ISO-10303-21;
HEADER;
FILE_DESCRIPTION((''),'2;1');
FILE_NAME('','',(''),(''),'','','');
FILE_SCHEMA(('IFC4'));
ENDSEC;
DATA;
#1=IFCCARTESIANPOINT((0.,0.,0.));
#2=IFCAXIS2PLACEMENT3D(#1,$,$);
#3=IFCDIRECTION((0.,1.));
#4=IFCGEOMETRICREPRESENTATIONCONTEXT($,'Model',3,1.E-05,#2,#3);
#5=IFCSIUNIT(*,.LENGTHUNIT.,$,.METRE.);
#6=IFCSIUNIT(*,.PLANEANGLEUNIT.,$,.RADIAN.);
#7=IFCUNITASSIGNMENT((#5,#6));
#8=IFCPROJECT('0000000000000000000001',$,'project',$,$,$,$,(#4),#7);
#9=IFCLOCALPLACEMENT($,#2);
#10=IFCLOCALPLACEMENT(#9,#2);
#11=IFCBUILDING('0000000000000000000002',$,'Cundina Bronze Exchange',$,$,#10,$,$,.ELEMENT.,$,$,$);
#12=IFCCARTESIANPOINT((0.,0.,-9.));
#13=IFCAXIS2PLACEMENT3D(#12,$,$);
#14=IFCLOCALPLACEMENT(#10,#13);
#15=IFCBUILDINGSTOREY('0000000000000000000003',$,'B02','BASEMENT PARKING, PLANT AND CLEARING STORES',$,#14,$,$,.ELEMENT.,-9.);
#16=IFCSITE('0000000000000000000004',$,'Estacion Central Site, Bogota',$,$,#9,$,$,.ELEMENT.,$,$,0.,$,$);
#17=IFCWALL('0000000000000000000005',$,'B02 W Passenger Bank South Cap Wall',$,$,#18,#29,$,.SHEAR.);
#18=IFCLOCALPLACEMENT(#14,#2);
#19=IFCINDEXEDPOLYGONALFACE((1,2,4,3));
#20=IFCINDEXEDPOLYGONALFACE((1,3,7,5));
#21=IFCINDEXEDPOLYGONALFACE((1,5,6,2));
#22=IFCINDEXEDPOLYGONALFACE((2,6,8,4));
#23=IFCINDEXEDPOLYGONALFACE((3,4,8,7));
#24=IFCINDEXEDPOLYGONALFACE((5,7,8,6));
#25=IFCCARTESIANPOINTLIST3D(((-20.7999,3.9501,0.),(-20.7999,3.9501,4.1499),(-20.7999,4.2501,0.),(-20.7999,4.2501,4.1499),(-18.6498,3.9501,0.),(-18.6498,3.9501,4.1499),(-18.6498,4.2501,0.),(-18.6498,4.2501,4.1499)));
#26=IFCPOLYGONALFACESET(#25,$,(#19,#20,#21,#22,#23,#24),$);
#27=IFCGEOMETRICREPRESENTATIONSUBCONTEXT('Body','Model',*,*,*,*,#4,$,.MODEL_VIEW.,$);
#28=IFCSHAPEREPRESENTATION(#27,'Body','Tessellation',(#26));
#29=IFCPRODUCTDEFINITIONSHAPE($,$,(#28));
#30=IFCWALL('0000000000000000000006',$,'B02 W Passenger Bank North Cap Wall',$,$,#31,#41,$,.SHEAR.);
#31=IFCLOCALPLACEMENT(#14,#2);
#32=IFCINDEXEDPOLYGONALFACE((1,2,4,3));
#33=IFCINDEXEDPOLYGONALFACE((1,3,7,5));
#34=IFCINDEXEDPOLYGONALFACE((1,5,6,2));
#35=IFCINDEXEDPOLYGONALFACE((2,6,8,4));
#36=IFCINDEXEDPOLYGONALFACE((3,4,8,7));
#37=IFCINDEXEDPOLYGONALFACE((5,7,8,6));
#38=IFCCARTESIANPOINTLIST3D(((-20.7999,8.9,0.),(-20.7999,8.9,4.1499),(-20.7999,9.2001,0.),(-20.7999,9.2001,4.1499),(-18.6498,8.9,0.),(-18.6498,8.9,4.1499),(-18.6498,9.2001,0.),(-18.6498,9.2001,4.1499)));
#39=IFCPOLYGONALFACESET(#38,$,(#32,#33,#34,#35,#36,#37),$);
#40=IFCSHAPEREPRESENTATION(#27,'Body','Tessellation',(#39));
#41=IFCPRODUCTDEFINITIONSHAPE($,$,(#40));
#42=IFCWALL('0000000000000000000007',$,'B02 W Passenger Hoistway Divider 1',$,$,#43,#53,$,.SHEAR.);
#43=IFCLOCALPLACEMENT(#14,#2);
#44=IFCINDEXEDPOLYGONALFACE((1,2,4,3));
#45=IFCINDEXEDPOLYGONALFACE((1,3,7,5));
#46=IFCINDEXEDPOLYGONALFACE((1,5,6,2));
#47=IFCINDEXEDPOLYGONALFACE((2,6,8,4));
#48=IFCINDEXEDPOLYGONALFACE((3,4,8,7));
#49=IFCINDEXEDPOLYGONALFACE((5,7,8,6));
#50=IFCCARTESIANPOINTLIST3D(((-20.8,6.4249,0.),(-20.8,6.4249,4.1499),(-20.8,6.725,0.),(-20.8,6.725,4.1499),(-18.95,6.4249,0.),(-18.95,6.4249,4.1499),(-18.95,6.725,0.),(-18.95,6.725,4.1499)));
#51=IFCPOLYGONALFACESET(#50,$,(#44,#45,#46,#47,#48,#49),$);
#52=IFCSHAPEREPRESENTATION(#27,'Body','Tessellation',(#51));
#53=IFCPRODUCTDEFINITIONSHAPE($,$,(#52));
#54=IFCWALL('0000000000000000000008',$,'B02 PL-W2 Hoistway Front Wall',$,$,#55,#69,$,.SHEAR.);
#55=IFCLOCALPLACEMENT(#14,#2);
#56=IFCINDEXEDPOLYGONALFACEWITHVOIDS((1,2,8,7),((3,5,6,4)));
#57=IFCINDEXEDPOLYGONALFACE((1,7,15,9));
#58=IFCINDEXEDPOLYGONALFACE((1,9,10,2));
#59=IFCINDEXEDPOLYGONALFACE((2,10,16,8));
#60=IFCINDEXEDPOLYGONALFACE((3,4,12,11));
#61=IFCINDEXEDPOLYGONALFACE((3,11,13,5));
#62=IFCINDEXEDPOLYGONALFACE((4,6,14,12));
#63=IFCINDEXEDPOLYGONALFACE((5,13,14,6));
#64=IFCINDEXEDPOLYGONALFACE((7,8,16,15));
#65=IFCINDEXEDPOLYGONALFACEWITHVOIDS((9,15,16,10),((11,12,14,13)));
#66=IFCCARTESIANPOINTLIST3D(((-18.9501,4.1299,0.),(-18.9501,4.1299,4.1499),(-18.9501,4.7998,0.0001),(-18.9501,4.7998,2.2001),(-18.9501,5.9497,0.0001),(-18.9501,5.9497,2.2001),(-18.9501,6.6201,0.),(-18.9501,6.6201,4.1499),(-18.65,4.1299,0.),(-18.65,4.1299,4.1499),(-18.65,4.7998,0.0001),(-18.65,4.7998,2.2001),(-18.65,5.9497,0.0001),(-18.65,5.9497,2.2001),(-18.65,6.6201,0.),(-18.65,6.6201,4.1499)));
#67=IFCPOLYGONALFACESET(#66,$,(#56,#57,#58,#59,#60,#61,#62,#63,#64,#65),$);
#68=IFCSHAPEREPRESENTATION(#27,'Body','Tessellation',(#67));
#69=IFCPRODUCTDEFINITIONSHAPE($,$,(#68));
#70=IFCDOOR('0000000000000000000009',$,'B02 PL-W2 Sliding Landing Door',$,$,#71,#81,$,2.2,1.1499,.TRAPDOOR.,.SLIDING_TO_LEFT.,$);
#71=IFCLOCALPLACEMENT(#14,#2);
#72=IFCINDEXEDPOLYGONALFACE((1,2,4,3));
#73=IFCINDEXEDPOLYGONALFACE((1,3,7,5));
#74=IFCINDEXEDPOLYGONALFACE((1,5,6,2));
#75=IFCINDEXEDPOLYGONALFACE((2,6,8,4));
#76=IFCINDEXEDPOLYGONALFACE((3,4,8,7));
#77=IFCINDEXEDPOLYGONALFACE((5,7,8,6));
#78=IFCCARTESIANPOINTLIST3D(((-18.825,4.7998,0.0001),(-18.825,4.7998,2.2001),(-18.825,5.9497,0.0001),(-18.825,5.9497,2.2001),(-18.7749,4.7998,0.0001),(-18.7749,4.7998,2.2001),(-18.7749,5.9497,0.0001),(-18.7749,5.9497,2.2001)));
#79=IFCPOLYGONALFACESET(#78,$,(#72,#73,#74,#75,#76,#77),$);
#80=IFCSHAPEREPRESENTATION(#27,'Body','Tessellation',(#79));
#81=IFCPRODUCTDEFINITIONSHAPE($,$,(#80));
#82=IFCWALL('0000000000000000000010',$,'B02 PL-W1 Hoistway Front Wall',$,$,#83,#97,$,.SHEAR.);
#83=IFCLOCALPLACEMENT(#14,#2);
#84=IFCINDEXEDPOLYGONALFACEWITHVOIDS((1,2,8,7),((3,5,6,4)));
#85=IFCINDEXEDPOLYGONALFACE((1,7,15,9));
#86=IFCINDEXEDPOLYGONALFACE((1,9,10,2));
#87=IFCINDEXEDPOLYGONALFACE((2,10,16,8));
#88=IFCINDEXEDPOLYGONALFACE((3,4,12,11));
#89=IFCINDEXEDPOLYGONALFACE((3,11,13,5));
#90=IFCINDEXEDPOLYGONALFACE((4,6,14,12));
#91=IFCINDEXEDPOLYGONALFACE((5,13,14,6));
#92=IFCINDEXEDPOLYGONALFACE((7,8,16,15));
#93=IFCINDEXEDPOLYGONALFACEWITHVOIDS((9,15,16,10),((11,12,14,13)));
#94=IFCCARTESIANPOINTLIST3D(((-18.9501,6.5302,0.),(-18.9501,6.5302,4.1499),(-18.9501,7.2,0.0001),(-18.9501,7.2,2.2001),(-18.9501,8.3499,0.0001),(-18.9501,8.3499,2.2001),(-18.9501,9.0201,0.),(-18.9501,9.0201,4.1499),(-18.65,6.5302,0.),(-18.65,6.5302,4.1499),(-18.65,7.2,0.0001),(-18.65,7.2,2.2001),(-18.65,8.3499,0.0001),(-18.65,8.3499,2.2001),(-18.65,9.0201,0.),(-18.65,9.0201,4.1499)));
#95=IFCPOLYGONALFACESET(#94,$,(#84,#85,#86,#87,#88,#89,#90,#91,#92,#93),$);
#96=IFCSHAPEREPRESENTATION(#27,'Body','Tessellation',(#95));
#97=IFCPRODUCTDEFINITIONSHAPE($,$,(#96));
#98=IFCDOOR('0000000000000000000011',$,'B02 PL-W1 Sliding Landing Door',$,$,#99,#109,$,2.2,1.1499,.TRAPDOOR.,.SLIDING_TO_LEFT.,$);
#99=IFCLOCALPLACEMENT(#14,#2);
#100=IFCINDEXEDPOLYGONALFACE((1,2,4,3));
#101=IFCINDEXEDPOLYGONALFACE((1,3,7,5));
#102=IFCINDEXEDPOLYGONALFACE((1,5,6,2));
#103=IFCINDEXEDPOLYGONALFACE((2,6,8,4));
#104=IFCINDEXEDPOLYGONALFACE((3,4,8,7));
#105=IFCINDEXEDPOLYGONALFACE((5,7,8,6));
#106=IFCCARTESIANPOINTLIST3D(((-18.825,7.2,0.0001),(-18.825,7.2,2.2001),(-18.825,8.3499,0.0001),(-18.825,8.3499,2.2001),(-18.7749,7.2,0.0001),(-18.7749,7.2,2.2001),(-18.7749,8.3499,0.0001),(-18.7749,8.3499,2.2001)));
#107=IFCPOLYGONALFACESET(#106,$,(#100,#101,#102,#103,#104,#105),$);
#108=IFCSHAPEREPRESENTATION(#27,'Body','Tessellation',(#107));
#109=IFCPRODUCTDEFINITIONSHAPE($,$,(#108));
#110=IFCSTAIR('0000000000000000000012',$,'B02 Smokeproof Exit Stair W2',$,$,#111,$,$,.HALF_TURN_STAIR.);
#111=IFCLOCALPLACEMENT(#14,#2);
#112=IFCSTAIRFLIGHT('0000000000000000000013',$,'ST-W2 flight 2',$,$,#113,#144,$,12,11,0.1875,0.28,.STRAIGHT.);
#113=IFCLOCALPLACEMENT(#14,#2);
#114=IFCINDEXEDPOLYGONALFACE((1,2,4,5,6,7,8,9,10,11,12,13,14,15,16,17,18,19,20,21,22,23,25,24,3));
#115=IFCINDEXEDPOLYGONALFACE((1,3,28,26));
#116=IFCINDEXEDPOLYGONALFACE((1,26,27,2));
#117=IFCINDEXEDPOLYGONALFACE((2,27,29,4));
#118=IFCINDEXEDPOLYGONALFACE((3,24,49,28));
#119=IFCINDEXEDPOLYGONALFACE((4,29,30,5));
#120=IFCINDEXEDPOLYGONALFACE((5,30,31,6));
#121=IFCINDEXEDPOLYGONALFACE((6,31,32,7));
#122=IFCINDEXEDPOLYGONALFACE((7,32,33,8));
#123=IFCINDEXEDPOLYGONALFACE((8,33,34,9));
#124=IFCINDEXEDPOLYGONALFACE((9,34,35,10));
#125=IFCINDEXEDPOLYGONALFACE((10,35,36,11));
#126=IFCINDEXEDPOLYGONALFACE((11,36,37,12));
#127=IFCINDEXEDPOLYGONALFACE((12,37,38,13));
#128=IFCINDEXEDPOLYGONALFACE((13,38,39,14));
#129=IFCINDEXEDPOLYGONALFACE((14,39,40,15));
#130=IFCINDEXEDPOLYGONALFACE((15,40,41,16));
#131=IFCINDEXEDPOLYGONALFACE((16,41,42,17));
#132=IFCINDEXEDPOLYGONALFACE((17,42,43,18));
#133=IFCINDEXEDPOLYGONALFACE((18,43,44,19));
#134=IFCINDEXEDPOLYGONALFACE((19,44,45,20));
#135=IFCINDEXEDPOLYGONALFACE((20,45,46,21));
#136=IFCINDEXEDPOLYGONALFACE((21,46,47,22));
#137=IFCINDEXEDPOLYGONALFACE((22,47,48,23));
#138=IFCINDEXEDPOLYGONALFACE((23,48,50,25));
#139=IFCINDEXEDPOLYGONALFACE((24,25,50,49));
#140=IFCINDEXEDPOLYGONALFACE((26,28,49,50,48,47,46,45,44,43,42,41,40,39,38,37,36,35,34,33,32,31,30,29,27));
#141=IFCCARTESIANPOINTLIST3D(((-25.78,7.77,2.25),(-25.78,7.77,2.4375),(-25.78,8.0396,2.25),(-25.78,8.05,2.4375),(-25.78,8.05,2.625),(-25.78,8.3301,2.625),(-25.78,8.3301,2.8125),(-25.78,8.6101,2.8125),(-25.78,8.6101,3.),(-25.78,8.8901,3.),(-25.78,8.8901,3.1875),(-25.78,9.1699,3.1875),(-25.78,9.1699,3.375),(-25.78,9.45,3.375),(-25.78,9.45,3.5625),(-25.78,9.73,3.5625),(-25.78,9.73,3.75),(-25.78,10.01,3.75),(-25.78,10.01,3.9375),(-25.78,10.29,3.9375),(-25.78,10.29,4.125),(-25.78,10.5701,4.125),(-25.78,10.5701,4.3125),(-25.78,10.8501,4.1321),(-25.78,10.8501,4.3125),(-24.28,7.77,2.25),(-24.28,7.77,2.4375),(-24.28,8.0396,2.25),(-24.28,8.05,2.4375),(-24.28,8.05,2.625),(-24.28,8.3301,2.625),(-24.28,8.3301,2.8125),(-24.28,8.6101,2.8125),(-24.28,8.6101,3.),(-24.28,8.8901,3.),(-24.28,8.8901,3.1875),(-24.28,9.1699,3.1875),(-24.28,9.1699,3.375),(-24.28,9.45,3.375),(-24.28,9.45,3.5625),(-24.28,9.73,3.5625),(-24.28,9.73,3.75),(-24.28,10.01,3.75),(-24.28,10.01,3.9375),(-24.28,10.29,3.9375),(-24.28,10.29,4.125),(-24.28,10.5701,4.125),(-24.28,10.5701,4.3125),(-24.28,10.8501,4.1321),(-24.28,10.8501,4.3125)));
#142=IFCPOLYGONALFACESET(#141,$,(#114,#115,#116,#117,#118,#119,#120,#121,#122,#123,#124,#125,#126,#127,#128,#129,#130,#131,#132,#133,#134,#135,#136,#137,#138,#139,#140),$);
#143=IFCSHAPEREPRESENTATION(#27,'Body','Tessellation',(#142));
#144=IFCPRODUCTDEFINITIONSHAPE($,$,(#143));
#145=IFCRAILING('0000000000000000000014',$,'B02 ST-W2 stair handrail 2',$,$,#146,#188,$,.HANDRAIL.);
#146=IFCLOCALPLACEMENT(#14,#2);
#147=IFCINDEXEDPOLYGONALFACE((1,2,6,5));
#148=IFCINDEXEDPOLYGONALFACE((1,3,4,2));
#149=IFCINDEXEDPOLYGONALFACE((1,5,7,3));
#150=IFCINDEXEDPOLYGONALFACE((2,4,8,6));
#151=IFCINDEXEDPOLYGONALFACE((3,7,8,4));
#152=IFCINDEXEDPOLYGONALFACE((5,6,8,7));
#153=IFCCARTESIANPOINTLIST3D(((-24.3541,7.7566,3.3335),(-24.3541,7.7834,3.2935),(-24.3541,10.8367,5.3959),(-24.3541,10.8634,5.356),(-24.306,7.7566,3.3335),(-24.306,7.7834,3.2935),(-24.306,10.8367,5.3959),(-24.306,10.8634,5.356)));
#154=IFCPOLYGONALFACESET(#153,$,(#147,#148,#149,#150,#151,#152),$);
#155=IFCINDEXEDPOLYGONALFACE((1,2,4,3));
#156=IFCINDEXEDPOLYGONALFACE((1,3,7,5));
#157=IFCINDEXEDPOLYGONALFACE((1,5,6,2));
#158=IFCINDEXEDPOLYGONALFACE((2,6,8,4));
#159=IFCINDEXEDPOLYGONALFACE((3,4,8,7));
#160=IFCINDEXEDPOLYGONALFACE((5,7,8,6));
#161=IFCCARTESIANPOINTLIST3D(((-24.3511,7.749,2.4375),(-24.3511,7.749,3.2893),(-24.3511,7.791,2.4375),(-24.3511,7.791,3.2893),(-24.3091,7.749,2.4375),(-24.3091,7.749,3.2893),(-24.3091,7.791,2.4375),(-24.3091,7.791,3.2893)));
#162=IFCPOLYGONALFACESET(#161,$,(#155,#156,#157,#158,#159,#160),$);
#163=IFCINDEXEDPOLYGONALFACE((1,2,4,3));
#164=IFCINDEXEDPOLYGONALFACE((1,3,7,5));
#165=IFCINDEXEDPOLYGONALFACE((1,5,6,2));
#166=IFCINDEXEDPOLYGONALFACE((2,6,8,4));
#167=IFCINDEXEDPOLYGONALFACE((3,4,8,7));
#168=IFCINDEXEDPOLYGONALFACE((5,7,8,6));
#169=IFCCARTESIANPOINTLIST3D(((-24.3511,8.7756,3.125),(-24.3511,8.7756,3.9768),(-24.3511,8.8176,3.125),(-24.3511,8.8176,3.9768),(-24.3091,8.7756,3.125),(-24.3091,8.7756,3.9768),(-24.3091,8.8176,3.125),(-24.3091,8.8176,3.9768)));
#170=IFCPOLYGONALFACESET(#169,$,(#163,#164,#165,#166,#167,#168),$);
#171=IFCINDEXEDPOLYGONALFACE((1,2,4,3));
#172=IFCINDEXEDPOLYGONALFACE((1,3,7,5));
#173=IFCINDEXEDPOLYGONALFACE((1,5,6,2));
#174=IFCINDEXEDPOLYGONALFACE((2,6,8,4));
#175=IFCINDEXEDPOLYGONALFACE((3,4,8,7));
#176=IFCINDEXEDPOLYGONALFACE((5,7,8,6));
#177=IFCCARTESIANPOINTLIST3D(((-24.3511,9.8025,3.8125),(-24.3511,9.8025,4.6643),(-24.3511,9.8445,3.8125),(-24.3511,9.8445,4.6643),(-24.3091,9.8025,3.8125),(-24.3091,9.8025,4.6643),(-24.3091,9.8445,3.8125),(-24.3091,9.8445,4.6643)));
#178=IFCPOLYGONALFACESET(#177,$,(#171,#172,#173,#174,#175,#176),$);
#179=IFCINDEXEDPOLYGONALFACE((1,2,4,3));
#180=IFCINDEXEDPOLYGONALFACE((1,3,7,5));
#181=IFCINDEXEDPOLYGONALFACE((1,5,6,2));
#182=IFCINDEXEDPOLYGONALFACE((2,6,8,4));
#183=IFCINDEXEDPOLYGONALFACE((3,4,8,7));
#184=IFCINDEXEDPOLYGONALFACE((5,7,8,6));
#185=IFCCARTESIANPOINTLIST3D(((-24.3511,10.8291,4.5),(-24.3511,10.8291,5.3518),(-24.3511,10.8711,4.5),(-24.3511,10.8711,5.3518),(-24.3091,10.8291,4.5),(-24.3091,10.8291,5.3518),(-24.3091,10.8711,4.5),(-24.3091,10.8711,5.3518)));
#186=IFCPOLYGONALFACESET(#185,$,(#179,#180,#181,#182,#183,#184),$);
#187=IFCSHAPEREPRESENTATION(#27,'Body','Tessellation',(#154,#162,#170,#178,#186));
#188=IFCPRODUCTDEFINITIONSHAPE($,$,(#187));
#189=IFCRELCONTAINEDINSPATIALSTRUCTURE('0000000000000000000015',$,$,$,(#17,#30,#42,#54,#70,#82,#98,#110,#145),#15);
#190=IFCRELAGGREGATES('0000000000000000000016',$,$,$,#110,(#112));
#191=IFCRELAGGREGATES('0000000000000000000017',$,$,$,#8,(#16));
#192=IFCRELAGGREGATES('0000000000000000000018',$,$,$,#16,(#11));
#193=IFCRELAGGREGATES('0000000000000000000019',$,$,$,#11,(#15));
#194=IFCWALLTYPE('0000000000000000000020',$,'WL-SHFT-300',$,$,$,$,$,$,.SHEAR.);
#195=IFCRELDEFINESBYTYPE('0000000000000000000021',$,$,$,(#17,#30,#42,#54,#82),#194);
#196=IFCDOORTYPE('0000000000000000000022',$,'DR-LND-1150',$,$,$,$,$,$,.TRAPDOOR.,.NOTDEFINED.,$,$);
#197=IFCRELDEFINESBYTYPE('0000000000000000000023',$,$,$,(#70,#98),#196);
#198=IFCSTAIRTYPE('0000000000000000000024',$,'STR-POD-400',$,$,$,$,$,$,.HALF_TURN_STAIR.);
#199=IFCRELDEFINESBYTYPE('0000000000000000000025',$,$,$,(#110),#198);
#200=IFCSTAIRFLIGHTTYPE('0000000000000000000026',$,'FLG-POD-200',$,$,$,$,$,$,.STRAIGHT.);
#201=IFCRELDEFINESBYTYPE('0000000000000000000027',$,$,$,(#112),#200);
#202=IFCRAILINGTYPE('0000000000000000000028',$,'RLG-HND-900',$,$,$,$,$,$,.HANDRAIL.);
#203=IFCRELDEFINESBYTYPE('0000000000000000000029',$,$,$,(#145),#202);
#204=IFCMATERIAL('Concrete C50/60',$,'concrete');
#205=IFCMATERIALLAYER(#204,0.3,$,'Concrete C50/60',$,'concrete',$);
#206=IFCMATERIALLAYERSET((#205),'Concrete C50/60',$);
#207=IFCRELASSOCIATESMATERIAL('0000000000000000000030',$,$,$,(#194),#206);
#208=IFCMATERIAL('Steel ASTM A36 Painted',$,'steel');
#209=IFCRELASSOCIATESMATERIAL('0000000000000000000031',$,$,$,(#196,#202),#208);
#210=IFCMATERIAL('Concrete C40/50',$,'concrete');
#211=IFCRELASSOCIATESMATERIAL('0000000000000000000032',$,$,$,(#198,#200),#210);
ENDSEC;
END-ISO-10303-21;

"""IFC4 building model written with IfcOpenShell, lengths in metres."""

from ifc_helpers import new_model, si_unit, direction, frame, frame_2d, origin, origin_2d, place, context, subcontext, project, spatial, polyline, rectangle, outline, extrude, material, layer, layer_set, type_object, element, fill, aggregate, save


model = new_model("IFC4")

# Units and contexts
model_context = context("Model", 3, precision=1e-05, world=origin(), true_north=direction((0.0, 1.0)))
body_context = subcontext(model_context, "Body", "Model", "MODEL_VIEW")
ifc_project = project(units=[si_unit("LENGTHUNIT", "METRE"), si_unit("PLANEANGLEUNIT", "RADIAN")], contexts=[model_context])

# Site, building, storey
site_placement = place(None, origin())
site = spatial("IfcSite", under=ifc_project, at=site_placement, Name="Estacion Central Site, Bogota", CompositionType="ELEMENT", RefElevation=0.0)
building_placement = place(site_placement, origin())
building = spatial("IfcBuilding", under=site, at=building_placement, Name="Cundina Bronze Exchange", CompositionType="ELEMENT")
storey_placement = place(building_placement, frame((0.0, 0.0, -9.0)))
storey = spatial("IfcBuildingStorey", under=building, at=storey_placement, Name="B02", Description="BASEMENT PARKING, PLANT AND CLEARING STORES", CompositionType="ELEMENT", Elevation=-9.0)

# Shared definitions
ifc_material_1 = material(Name="Concrete C40/50", Category="concrete")

# Shared definitions
ifc_material_2 = material(Name="Concrete C50/60", Category="concrete")
ifc_layer_1 = layer(ifc_material_2, 0.3, Name="Concrete C50/60", Category="concrete")
ifc_layer_set_1 = layer_set([ifc_layer_1], Name="Concrete C50/60")
wall_type = type_object("IfcWallType", Name="WL-SHFT-300", PredefinedType="SHEAR", material=ifc_layer_set_1)
ifc_material_3 = material(Name="Steel ASTM A36 Painted", Category="steel")
door_type = type_object("IfcDoorType", Name="DR-LND-1150", OperationType="NOTDEFINED", PredefinedType="TRAPDOOR", material=ifc_material_3)

# Walls
for number, where, z_axis, x_axis, name in (
    (1, (-20.8, 4.1001, 0.0), (0.0, 0.0, 1.0), (1.0, 0.0, 0.0), "B02 W Passenger Bank South Cap Wall"),
    (2, (-20.8, 9.05, 0.0), (0.0, 0.0, 1.0), (1.0, 0.0, 0.0), "B02 W Passenger Bank North Cap Wall"),
):
    element("IfcWall", number, at=place(storey_placement, frame(where, z_axis=z_axis, x_axis=x_axis)), inside=storey, type_object=wall_type, Name=name, PredefinedType="SHEAR", context=body_context, shape_type="SweptSolid", body=[
        extrude(rectangle(XDim=2.1501, YDim=0.3, at=frame_2d((1.0752, 0.0))), origin(), (0.0, 0.0, 1.0), 4.1499),
    ])
wall_1_placement = place(storey_placement, frame((-20.8, 6.575, 0.0), z_axis=(0.0, 0.0, 1.0), x_axis=(1.0, 0.0, 0.0)))
element("IfcWall", 3, at=wall_1_placement, inside=storey, type_object=wall_type, Name="B02 W Passenger Hoistway Divider 1", PredefinedType="SHEAR", context=body_context, shape_type="SweptSolid", body=[
    extrude(rectangle(XDim=1.8501, YDim=0.3, at=frame_2d((0.925, 0.0))), origin(), (0.0, 0.0, 1.0), 4.1499),
])

# Walls, openings, doors
wall_2_placement = place(storey_placement, frame((-18.8, 4.1299, 0.0), z_axis=(0.0, 0.0, 1.0), x_axis=(0.0, 1.0, 0.0)))
wall_2 = element("IfcWall", 4, at=wall_2_placement, inside=storey, type_object=wall_type, Name="B02 PL-W2 Hoistway Front Wall", PredefinedType="SHEAR", context=body_context, shape_type="SweptSolid", body=[
    extrude(rectangle(XDim=2.4902, YDim=0.3, at=frame_2d((1.2451, 0.0))), origin(), (0.0, 0.0, 1.0), 4.1499),
])
opening_1_placement = place(wall_2_placement, frame((0.6699, 0.0, 0.0)))
opening_1 = element("IfcOpeningElement", 5, at=opening_1_placement, cuts=wall_2, PredefinedType="OPENING", context=body_context, shape_type="SweptSolid", body=[
    extrude(rectangle(XDim=1.1499, YDim=2.2, at=frame_2d((0.575, 1.1001))), frame((0.0, 0.1599, 0.0), z_axis=(0.0, -1.0, 0.0), x_axis=(1.0, 0.0, 0.0)), (0.0, 0.0, 1.0), 0.3201),
])
door_1_placement = place(opening_1_placement, origin())
door_1 = element("IfcDoor", 6, at=door_1_placement, inside=storey, type_object=door_type, Name="B02 PL-W2 Sliding Landing Door", OperationType="SLIDING_TO_LEFT", OverallHeight=2.2, OverallWidth=1.1499, PredefinedType="TRAPDOOR", context=body_context, shape_type="SweptSolid", body=[
    extrude(rectangle(XDim=1.1499, YDim=2.2, at=frame_2d((0.575, 1.1001))), frame((0.0, 0.0249, 0.0), z_axis=(0.0, -1.0, 0.0), x_axis=(1.0, 0.0, 0.0)), (0.0, 0.0, 1.0), 0.05),
])
fill(opening_1, door_1)
wall_3_placement = place(storey_placement, frame((-18.8, 6.53, 0.0), z_axis=(0.0, 0.0, 1.0), x_axis=(0.0, 1.0, 0.0)))
wall_3 = element("IfcWall", 7, at=wall_3_placement, inside=storey, type_object=wall_type, Name="B02 PL-W1 Hoistway Front Wall", PredefinedType="SHEAR", context=body_context, shape_type="SweptSolid", body=[
    extrude(rectangle(XDim=2.49, YDim=0.3, at=frame_2d((1.2451, 0.0))), origin(), (0.0, 0.0, 1.0), 4.1499),
])
opening_2_placement = place(wall_3_placement, frame((0.6699, 0.0, 0.0)))
opening_2 = element("IfcOpeningElement", 8, at=opening_2_placement, cuts=wall_3, PredefinedType="OPENING", context=body_context, shape_type="SweptSolid", body=[
    extrude(rectangle(XDim=1.1499, YDim=2.2, at=frame_2d((0.575, 1.1001))), frame((0.0, 0.1599, 0.0), z_axis=(0.0, -1.0, 0.0), x_axis=(1.0, 0.0, 0.0)), (0.0, 0.0, 1.0), 0.3201),
])
door_2_placement = place(opening_2_placement, origin())
door_2 = element("IfcDoor", 9, at=door_2_placement, inside=storey, type_object=door_type, Name="B02 PL-W1 Sliding Landing Door", OperationType="SLIDING_TO_LEFT", OverallHeight=2.2, OverallWidth=1.1499, PredefinedType="TRAPDOOR", context=body_context, shape_type="SweptSolid", body=[
    extrude(rectangle(XDim=1.1499, YDim=2.2, at=frame_2d((0.575, 1.1001))), frame((0.0, 0.0249, 0.0), z_axis=(0.0, -1.0, 0.0), x_axis=(1.0, 0.0, 0.0)), (0.0, 0.0, 1.0), 0.05),
])
fill(opening_2, door_2)

# Stair, stair flight
stair_type = type_object("IfcStairType", Name="STR-POD-400", PredefinedType="HALF_TURN_STAIR", material=ifc_material_1)
stair_placement = place(storey_placement, origin())
stair = element("IfcStair", 10, at=stair_placement, inside=storey, type_object=stair_type, Name="B02 Smokeproof Exit Stair W2", PredefinedType="HALF_TURN_STAIR")
stair_flight_type = type_object("IfcStairFlightType", Name="FLG-POD-200", PredefinedType="STRAIGHT", material=ifc_material_1)
stair_flight_placement = place(storey_placement, frame((-25.03, 7.77, 2.25), z_axis=(0.0, 0.0, 1.0), x_axis=(0.0, 1.0, 0.0)))
stair_flight = element("IfcStairFlight", 11, at=stair_flight_placement, type_object=stair_flight_type, Name="ST-W2 flight 2", NumberOfRisers=12, NumberOfTreads=11, PredefinedType="STRAIGHT", RiserHeight=0.1875, TreadLength=0.28, context=body_context, shape_type="SweptSolid", body=[
    extrude(outline(polyline([(0.0, 0.0), (0.0, 0.1875), (0.28, 0.1875), (0.28, 0.375), (0.5601, 0.375), (0.5601, 0.5625), (0.8401, 0.5625), (0.8401, 0.75), (1.1201, 0.75), (1.1201, 0.9375), (1.3999, 0.9375), (1.3999, 1.125), (1.6799, 1.125), (1.6799, 1.3125), (1.96, 1.3125), (1.96, 1.5), (2.24, 1.5), (2.24, 1.6875), (2.52, 1.6875), (2.52, 1.875), (2.8, 1.875), (2.8, 2.0625), (3.0801, 2.0625), (3.0801, 2.25), (3.0801, 1.8821), (0.2695, 0.0), (0.0, 0.0)])), frame((0.0, 0.75, 0.0), z_axis=(0.0, -1.0, 0.0), x_axis=(1.0, 0.0, 0.0)), (0.0, 0.0, 1.0), 1.5),
])
aggregate(stair, [stair_flight])

# Railing
railing_type_1 = type_object("IfcRailingType", Name="RLG-HND-900", PredefinedType="HANDRAIL", material=ifc_material_3)
railing_1_placement = place(storey_placement, frame((-24.3301, 7.77, 2.4375)))
element("IfcRailing", 12, at=railing_1_placement, inside=storey, type_object=railing_type_1, Name="B02 ST-W2 stair handrail 2", PredefinedType="HANDRAIL", context=body_context, shape_type="SweptSolid", body=[
    extrude(rectangle(XDim=0.0481, YDim=0.0481, at=origin_2d()), frame((0.0, 0.0, 0.876), z_axis=(0.0, 0.830914, 0.556401), x_axis=(-1.0, 0.0, 0.0)), (0.0, 0.0, 1.0), 3.7068),
    extrude(rectangle(XDim=0.042, YDim=0.042, at=origin_2d()), origin(), (0.0, 0.0, 1.0), 0.8518),
    extrude(rectangle(XDim=0.042, YDim=0.042, at=origin_2d()), frame((0.0, 1.0266, 0.6875)), (0.0, 0.0, 1.0), 0.8518),
    extrude(rectangle(XDim=0.042, YDim=0.042, at=origin_2d()), frame((0.0, 2.0535, 1.375)), (0.0, 0.0, 1.0), 0.8518),
    extrude(rectangle(XDim=0.042, YDim=0.042, at=origin_2d()), frame((0.0, 3.0801, 2.0625)), (0.0, 0.0, 1.0), 0.8518),
])

save(model, "model.ifc")
